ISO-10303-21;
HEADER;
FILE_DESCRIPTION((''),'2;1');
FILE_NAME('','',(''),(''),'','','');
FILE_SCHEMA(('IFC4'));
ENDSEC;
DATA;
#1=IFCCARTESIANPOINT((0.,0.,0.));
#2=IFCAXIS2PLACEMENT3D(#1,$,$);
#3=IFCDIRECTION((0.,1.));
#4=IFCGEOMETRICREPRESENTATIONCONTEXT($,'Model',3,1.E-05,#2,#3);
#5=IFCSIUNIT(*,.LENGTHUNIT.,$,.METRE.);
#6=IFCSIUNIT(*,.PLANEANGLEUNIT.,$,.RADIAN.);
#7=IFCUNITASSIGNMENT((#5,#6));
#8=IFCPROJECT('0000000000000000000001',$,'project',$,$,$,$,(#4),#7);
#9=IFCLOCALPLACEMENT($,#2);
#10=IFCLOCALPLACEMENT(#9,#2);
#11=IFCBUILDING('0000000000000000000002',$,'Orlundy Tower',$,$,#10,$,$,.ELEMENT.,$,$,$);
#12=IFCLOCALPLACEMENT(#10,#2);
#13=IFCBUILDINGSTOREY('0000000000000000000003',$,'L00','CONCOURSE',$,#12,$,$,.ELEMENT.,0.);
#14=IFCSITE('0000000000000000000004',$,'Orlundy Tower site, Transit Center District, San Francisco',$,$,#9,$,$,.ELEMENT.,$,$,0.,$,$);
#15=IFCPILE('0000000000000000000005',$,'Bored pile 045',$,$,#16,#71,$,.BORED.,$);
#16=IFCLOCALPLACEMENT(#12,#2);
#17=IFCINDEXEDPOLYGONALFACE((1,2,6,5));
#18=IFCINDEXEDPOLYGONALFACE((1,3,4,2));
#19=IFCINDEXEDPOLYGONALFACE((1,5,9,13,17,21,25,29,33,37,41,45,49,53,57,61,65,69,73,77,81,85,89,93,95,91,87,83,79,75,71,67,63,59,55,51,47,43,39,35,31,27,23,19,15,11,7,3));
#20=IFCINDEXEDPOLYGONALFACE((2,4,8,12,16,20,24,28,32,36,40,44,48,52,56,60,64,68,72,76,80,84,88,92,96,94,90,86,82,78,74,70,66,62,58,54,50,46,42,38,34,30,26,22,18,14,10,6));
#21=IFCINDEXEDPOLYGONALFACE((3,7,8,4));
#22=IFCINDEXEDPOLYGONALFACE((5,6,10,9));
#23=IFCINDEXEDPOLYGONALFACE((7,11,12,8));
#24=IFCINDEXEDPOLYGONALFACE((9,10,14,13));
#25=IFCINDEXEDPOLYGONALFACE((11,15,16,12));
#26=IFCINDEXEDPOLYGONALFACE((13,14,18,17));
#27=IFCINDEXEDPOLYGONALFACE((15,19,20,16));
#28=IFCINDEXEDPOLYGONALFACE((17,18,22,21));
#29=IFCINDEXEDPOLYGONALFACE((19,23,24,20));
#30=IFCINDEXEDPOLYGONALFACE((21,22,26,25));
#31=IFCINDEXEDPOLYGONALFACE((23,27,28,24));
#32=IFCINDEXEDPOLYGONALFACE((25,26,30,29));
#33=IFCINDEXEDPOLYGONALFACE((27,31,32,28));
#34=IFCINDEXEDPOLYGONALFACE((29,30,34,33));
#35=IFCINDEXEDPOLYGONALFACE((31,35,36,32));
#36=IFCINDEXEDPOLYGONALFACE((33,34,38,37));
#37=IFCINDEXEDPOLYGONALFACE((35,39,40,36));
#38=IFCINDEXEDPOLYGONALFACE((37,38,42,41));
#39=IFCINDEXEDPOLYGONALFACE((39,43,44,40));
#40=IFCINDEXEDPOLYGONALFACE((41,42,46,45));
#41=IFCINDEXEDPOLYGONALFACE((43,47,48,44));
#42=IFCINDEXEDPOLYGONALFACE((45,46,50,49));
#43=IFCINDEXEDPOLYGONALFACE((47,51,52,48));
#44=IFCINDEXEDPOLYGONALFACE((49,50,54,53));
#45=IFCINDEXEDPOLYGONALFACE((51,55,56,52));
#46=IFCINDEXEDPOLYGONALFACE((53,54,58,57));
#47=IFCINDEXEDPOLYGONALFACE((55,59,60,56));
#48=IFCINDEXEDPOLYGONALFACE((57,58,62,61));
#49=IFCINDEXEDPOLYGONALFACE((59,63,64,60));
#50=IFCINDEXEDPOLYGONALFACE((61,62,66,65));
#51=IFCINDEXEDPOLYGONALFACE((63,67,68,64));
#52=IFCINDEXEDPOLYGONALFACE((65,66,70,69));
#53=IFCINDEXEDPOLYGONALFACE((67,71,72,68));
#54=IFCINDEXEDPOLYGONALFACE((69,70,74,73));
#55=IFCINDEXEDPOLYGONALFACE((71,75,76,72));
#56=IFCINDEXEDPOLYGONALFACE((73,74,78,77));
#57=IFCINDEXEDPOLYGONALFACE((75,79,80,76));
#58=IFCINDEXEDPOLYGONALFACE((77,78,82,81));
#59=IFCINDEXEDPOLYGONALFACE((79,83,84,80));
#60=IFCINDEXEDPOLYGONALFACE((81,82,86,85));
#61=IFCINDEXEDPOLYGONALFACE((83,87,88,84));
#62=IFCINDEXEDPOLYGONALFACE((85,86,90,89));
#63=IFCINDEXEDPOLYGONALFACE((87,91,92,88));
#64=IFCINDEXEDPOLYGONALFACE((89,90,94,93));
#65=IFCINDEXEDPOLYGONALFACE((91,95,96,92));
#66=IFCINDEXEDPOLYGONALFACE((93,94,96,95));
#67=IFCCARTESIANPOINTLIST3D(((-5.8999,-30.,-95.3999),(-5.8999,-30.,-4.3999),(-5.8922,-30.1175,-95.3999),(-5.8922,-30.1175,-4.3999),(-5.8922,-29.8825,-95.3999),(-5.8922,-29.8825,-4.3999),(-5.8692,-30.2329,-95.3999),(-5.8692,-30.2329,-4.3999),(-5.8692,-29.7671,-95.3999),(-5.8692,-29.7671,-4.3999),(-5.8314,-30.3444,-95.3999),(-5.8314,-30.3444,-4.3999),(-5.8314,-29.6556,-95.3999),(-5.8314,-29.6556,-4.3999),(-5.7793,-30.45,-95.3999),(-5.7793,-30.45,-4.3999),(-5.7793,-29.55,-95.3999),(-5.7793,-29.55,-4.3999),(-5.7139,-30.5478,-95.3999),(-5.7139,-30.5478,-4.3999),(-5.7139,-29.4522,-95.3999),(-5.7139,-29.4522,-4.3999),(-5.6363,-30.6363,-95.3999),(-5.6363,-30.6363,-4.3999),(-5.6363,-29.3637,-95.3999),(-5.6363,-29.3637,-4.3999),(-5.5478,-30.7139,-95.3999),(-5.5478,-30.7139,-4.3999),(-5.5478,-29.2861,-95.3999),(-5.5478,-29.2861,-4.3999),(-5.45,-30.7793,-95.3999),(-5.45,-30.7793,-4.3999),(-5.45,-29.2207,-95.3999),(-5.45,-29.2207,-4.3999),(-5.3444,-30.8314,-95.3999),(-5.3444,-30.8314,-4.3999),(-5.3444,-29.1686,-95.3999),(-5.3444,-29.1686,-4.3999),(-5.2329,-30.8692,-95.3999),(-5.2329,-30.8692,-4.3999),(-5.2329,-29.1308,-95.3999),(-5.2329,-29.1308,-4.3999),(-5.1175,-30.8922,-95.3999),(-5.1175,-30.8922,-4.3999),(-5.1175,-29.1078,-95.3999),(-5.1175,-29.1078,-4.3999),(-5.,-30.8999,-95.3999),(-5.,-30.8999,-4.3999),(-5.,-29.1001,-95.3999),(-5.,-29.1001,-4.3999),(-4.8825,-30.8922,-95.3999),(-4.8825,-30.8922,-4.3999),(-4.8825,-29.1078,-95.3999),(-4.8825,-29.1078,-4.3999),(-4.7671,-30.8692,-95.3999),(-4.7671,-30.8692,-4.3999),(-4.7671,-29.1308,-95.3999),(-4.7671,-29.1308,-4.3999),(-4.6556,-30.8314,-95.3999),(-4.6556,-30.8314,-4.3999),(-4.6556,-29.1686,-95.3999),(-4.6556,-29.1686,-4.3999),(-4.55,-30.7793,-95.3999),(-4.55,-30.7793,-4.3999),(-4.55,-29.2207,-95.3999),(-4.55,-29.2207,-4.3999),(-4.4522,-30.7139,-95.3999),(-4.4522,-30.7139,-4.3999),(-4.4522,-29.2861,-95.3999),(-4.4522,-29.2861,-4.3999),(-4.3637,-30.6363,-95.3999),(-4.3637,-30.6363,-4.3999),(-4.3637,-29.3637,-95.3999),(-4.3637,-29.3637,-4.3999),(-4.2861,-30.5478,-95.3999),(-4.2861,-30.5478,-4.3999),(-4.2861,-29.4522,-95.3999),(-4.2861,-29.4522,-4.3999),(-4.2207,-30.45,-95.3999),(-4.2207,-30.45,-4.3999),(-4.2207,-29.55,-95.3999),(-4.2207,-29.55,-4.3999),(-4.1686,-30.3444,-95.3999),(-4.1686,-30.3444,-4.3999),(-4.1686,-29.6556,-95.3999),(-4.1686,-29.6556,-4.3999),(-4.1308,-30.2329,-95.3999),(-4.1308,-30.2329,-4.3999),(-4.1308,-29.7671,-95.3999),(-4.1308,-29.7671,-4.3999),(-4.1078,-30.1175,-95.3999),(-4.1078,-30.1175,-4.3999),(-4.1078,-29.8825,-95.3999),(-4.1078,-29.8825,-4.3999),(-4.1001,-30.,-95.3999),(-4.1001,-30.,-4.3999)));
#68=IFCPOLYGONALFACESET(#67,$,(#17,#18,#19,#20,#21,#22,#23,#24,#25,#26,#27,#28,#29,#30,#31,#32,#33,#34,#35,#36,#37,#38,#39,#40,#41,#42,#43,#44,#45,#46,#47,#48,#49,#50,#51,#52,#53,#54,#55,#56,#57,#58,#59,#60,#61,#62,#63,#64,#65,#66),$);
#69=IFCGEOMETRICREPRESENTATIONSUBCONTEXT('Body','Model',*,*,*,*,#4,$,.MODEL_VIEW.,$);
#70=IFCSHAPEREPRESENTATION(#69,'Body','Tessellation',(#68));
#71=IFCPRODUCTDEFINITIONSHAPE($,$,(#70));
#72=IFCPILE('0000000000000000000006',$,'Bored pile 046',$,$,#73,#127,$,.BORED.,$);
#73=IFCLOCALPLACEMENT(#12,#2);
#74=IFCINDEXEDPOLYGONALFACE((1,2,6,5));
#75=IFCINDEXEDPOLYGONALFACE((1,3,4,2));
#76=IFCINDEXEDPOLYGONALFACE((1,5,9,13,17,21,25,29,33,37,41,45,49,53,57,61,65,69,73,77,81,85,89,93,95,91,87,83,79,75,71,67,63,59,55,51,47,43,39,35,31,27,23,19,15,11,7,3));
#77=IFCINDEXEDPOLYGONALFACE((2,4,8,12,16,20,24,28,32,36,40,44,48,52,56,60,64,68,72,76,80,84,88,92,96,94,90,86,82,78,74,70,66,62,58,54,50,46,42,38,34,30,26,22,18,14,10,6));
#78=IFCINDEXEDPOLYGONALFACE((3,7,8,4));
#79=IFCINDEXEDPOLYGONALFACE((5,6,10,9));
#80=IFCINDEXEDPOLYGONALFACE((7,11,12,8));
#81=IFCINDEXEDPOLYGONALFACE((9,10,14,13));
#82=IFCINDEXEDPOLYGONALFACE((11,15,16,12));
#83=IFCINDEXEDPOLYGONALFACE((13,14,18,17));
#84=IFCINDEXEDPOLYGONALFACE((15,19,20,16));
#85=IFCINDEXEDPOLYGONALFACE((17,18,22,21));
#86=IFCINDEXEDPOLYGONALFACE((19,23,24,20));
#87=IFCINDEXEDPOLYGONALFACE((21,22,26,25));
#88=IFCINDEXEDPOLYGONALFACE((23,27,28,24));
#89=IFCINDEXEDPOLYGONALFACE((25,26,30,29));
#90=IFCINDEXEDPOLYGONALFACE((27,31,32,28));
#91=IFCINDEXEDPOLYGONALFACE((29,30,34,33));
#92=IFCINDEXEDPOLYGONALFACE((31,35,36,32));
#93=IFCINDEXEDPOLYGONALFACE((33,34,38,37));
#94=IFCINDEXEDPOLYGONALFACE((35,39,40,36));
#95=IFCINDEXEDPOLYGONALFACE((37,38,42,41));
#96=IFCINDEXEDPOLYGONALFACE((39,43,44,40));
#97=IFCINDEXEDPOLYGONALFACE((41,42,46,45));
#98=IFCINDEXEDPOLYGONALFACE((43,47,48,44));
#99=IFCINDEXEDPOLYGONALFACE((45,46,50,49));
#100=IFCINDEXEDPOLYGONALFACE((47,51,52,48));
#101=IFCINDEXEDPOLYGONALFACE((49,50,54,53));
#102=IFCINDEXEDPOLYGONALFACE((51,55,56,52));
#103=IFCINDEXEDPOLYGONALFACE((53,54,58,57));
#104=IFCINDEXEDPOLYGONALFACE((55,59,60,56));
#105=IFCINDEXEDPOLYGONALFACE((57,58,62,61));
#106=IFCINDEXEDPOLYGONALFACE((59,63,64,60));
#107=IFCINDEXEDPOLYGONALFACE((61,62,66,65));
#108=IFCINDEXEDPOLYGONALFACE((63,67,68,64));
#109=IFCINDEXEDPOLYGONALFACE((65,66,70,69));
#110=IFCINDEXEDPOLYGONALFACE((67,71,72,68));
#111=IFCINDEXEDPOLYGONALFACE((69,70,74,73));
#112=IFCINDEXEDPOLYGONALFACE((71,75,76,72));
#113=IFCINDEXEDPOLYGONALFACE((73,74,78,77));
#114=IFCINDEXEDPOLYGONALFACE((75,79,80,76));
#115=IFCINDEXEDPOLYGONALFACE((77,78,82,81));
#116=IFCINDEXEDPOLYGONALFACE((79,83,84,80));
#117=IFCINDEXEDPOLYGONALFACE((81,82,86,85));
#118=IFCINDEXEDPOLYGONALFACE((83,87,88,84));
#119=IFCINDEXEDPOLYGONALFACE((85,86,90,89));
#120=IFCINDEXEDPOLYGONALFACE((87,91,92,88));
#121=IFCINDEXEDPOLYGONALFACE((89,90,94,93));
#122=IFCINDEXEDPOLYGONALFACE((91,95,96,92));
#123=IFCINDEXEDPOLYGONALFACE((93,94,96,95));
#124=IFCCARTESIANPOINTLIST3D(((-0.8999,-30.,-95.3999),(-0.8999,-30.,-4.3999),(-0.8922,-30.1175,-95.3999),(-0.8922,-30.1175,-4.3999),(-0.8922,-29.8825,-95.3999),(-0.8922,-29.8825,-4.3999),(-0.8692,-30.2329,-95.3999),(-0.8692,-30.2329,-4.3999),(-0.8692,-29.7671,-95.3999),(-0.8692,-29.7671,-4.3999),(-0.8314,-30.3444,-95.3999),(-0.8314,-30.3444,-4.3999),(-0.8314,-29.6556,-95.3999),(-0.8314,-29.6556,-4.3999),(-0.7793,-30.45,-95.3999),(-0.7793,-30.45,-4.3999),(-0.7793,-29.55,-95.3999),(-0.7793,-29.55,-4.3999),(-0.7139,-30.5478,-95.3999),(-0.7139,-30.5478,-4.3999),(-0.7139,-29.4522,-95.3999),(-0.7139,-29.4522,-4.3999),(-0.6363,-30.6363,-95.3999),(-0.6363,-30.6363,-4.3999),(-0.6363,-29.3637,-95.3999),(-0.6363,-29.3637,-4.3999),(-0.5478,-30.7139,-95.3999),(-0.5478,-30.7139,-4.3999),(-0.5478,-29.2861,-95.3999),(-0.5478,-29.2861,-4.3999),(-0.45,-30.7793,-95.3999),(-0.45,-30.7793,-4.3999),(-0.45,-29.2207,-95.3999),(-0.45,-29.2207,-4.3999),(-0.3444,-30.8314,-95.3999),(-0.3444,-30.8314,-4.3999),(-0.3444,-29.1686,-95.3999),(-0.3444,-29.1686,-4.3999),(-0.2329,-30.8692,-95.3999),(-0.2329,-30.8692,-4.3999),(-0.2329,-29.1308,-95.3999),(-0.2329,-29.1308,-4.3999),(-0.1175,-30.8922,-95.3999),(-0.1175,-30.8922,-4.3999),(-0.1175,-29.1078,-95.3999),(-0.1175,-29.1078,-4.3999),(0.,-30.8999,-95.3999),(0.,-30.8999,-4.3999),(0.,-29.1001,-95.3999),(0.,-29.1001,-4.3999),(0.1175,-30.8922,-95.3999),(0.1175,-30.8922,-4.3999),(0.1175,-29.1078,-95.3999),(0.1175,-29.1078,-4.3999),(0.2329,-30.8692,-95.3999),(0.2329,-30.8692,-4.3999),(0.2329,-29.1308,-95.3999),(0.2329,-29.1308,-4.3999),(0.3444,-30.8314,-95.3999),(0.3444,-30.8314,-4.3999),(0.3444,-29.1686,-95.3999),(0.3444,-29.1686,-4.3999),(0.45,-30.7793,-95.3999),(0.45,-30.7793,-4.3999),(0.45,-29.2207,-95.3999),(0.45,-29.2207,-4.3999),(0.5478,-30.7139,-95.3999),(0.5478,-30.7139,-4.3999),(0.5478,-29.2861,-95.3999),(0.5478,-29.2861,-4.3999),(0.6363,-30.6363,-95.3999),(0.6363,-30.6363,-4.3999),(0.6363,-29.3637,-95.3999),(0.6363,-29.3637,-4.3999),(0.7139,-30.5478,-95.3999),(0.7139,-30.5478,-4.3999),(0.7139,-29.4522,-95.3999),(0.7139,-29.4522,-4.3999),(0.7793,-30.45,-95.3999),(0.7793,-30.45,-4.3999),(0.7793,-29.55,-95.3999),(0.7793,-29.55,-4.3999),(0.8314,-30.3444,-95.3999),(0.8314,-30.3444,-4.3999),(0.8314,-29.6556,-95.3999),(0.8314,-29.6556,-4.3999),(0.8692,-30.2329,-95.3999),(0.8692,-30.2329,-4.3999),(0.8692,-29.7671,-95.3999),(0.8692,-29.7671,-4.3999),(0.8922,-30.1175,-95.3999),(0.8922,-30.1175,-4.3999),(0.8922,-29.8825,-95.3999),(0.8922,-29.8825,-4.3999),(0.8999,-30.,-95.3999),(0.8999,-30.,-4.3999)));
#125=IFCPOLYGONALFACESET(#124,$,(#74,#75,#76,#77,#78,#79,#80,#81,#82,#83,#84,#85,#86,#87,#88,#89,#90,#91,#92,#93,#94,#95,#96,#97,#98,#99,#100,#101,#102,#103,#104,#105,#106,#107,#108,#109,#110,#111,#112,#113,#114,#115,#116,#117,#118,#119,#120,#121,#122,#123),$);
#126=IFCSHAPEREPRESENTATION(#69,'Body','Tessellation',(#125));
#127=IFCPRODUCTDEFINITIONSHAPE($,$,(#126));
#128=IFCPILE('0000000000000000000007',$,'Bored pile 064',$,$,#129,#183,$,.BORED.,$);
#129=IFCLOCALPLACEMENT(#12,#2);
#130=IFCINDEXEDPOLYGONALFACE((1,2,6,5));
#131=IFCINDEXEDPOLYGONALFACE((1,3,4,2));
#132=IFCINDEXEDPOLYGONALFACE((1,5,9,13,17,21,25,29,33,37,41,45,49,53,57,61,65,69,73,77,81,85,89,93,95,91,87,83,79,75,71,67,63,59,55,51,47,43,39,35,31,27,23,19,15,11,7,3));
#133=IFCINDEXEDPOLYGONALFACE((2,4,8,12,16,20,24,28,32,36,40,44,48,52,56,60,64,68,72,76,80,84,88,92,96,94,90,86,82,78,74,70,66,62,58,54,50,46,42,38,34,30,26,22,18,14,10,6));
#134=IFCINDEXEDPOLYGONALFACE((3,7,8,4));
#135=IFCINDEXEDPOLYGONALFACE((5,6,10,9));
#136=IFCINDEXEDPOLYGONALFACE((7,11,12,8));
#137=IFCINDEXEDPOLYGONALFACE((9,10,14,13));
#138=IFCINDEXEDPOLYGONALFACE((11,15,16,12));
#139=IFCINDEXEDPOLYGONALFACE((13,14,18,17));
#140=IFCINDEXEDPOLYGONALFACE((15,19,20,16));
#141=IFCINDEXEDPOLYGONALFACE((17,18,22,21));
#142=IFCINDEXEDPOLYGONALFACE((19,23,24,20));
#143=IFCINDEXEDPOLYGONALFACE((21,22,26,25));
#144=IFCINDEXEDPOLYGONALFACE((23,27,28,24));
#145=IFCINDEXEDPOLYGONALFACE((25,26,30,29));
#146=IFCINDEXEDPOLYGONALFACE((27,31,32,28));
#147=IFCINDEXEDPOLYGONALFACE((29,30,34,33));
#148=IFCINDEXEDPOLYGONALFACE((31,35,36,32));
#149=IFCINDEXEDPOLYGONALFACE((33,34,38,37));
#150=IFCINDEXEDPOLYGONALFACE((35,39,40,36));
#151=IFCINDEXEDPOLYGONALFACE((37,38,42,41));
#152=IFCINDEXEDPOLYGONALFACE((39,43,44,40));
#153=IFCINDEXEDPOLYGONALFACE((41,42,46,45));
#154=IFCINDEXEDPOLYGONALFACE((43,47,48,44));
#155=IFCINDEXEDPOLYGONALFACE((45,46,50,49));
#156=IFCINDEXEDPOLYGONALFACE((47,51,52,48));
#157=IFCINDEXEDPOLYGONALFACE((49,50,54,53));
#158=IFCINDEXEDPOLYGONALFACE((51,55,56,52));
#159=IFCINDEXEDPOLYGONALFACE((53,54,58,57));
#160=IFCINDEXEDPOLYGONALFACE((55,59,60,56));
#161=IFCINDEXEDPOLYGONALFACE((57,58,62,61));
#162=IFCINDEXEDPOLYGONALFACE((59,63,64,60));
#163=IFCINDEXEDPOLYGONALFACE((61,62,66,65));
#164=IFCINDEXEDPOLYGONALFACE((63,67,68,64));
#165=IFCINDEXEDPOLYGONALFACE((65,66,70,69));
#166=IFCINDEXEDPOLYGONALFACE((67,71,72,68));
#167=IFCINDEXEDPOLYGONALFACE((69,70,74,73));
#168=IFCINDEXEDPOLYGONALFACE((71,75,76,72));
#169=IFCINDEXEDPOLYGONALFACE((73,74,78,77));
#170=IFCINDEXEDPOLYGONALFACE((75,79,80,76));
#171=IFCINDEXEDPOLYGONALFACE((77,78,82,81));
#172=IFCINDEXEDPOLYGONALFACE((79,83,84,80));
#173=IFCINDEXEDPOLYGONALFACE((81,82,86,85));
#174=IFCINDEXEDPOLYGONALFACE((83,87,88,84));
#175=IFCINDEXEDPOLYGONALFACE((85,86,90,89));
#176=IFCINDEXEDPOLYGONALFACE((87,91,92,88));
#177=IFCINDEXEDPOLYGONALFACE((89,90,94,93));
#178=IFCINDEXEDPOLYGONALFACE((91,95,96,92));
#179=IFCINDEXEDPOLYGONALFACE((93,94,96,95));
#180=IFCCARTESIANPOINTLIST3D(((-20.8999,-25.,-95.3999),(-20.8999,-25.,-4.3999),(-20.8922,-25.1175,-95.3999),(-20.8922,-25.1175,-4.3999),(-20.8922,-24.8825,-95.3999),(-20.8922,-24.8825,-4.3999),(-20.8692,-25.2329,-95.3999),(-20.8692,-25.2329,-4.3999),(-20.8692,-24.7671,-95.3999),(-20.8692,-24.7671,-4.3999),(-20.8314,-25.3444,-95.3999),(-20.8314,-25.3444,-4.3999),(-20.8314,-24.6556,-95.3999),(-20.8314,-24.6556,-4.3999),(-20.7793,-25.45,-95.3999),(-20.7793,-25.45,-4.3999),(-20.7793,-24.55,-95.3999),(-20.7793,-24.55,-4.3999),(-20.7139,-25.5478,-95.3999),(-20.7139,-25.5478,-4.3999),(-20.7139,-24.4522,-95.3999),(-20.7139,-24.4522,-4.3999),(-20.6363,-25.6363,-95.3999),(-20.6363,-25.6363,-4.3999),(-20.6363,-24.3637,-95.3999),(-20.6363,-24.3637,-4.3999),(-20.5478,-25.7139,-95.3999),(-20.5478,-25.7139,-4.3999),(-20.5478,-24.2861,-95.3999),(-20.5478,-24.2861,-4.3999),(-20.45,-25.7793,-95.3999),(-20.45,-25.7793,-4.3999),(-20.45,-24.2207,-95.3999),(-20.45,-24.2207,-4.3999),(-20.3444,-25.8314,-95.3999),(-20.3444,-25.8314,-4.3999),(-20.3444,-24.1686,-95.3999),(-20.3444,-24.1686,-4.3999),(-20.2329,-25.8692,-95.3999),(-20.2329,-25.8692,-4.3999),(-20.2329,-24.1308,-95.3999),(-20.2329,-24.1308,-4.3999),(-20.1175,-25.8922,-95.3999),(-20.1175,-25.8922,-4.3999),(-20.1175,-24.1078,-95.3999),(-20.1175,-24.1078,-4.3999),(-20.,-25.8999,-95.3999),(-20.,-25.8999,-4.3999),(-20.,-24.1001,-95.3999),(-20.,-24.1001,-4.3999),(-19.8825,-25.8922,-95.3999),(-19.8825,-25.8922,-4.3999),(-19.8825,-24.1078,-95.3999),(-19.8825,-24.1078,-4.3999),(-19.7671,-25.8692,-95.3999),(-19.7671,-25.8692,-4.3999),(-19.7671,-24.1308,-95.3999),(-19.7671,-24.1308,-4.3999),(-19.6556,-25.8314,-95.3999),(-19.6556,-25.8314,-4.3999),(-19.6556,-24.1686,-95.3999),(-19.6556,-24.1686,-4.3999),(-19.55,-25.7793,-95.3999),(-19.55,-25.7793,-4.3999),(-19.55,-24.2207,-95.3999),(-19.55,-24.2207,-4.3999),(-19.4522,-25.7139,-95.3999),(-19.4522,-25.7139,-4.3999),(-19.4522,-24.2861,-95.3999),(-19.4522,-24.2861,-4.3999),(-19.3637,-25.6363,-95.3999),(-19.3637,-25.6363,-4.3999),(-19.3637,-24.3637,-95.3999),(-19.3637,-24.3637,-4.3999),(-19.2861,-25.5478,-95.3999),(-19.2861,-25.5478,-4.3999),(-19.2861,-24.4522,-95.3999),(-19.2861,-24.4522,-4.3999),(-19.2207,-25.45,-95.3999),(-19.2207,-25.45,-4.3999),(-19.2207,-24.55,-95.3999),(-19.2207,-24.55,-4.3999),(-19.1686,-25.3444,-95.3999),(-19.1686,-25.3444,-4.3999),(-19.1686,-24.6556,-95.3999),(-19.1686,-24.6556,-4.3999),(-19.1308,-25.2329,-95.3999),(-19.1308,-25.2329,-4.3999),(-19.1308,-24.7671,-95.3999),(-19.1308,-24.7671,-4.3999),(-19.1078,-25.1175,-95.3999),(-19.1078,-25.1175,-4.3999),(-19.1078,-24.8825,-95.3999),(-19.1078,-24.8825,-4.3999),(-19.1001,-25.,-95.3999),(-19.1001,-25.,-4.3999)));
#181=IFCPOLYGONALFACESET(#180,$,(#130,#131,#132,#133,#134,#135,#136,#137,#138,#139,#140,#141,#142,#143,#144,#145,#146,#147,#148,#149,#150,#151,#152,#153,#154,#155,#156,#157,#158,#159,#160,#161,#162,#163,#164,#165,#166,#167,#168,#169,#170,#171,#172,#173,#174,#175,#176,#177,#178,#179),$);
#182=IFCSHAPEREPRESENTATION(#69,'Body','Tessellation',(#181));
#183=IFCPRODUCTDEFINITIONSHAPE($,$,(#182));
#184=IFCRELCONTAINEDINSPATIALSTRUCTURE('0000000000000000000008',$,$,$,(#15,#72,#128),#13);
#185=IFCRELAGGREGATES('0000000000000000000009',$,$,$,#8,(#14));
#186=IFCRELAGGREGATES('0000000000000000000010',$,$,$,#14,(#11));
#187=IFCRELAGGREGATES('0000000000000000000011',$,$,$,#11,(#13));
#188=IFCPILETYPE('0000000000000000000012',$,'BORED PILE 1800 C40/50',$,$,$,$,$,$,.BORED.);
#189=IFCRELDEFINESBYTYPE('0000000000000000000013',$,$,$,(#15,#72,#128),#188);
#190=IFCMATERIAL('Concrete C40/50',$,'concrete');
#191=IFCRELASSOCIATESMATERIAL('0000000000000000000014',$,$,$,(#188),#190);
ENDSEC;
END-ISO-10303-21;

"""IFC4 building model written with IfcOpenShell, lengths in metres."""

from ifc_helpers import new_model, si_unit, direction, frame, origin, origin_2d, place, context, subcontext, project, spatial, circle, extrude, material, material_profile, profile_set, type_object, element, save


model = new_model("IFC4")

# Units and contexts
model_context = context("Model", 3, precision=1e-05, world=origin(), true_north=direction((0.0, 1.0)))
body_context = subcontext(model_context, "Body", "Model", "MODEL_VIEW")
ifc_project = project(units=[si_unit("LENGTHUNIT", "METRE"), si_unit("PLANEANGLEUNIT", "RADIAN")], contexts=[model_context])

# Site, building, storey
site_placement = place(None, origin())
site = spatial("IfcSite", under=ifc_project, at=site_placement, Name="Orlundy Tower site, Transit Center District, San Francisco", CompositionType="ELEMENT", RefElevation=0.0)
building_placement = place(site_placement, origin())
building = spatial("IfcBuilding", under=site, at=building_placement, Name="Orlundy Tower", CompositionType="ELEMENT")
storey_placement = place(building_placement, origin())
storey = spatial("IfcBuildingStorey", under=building, at=storey_placement, Name="L00", Description="CONCOURSE", CompositionType="ELEMENT", Elevation=0.0)

# Piles
ifc_material_1 = material(Name="Concrete C40/50", Category="concrete")
ifc_material_profile_1 = material_profile(ifc_material_1, circle(Radius=0.8999, at=origin_2d()), Name="BP1800")
ifc_profile_set_1 = profile_set([ifc_material_profile_1], Name="Concrete C40/50")
pile_type = type_object("IfcPileType", Name="BORED PILE 1800 C40/50", PredefinedType="BORED", material=ifc_profile_set_1)
for number, where, z_axis, x_axis, name in (
    (1, (-5.0, -30.0, -4.3999), (0.0, 0.0, -1.0), (1.0, 0.0, 0.0), "Bored pile 045"),
    (2, (0.0, -30.0, -4.3999), (0.0, 0.0, -1.0), (1.0, 0.0, 0.0), "Bored pile 046"),
    (3, (-20.0, -25.0, -4.3999), (0.0, 0.0, -1.0), (1.0, 0.0, 0.0), "Bored pile 064"),
):
    element("IfcPile", number, at=place(storey_placement, frame(where, z_axis=z_axis, x_axis=x_axis)), inside=storey, type_object=pile_type, Name=name, PredefinedType="BORED", context=body_context, shape_type="SweptSolid", body=[
        extrude(circle(Radius=0.8999, at=origin_2d()), origin(), (0.0, 0.0, 1.0), 91.0),
    ])

save(model, "model.ifc")
